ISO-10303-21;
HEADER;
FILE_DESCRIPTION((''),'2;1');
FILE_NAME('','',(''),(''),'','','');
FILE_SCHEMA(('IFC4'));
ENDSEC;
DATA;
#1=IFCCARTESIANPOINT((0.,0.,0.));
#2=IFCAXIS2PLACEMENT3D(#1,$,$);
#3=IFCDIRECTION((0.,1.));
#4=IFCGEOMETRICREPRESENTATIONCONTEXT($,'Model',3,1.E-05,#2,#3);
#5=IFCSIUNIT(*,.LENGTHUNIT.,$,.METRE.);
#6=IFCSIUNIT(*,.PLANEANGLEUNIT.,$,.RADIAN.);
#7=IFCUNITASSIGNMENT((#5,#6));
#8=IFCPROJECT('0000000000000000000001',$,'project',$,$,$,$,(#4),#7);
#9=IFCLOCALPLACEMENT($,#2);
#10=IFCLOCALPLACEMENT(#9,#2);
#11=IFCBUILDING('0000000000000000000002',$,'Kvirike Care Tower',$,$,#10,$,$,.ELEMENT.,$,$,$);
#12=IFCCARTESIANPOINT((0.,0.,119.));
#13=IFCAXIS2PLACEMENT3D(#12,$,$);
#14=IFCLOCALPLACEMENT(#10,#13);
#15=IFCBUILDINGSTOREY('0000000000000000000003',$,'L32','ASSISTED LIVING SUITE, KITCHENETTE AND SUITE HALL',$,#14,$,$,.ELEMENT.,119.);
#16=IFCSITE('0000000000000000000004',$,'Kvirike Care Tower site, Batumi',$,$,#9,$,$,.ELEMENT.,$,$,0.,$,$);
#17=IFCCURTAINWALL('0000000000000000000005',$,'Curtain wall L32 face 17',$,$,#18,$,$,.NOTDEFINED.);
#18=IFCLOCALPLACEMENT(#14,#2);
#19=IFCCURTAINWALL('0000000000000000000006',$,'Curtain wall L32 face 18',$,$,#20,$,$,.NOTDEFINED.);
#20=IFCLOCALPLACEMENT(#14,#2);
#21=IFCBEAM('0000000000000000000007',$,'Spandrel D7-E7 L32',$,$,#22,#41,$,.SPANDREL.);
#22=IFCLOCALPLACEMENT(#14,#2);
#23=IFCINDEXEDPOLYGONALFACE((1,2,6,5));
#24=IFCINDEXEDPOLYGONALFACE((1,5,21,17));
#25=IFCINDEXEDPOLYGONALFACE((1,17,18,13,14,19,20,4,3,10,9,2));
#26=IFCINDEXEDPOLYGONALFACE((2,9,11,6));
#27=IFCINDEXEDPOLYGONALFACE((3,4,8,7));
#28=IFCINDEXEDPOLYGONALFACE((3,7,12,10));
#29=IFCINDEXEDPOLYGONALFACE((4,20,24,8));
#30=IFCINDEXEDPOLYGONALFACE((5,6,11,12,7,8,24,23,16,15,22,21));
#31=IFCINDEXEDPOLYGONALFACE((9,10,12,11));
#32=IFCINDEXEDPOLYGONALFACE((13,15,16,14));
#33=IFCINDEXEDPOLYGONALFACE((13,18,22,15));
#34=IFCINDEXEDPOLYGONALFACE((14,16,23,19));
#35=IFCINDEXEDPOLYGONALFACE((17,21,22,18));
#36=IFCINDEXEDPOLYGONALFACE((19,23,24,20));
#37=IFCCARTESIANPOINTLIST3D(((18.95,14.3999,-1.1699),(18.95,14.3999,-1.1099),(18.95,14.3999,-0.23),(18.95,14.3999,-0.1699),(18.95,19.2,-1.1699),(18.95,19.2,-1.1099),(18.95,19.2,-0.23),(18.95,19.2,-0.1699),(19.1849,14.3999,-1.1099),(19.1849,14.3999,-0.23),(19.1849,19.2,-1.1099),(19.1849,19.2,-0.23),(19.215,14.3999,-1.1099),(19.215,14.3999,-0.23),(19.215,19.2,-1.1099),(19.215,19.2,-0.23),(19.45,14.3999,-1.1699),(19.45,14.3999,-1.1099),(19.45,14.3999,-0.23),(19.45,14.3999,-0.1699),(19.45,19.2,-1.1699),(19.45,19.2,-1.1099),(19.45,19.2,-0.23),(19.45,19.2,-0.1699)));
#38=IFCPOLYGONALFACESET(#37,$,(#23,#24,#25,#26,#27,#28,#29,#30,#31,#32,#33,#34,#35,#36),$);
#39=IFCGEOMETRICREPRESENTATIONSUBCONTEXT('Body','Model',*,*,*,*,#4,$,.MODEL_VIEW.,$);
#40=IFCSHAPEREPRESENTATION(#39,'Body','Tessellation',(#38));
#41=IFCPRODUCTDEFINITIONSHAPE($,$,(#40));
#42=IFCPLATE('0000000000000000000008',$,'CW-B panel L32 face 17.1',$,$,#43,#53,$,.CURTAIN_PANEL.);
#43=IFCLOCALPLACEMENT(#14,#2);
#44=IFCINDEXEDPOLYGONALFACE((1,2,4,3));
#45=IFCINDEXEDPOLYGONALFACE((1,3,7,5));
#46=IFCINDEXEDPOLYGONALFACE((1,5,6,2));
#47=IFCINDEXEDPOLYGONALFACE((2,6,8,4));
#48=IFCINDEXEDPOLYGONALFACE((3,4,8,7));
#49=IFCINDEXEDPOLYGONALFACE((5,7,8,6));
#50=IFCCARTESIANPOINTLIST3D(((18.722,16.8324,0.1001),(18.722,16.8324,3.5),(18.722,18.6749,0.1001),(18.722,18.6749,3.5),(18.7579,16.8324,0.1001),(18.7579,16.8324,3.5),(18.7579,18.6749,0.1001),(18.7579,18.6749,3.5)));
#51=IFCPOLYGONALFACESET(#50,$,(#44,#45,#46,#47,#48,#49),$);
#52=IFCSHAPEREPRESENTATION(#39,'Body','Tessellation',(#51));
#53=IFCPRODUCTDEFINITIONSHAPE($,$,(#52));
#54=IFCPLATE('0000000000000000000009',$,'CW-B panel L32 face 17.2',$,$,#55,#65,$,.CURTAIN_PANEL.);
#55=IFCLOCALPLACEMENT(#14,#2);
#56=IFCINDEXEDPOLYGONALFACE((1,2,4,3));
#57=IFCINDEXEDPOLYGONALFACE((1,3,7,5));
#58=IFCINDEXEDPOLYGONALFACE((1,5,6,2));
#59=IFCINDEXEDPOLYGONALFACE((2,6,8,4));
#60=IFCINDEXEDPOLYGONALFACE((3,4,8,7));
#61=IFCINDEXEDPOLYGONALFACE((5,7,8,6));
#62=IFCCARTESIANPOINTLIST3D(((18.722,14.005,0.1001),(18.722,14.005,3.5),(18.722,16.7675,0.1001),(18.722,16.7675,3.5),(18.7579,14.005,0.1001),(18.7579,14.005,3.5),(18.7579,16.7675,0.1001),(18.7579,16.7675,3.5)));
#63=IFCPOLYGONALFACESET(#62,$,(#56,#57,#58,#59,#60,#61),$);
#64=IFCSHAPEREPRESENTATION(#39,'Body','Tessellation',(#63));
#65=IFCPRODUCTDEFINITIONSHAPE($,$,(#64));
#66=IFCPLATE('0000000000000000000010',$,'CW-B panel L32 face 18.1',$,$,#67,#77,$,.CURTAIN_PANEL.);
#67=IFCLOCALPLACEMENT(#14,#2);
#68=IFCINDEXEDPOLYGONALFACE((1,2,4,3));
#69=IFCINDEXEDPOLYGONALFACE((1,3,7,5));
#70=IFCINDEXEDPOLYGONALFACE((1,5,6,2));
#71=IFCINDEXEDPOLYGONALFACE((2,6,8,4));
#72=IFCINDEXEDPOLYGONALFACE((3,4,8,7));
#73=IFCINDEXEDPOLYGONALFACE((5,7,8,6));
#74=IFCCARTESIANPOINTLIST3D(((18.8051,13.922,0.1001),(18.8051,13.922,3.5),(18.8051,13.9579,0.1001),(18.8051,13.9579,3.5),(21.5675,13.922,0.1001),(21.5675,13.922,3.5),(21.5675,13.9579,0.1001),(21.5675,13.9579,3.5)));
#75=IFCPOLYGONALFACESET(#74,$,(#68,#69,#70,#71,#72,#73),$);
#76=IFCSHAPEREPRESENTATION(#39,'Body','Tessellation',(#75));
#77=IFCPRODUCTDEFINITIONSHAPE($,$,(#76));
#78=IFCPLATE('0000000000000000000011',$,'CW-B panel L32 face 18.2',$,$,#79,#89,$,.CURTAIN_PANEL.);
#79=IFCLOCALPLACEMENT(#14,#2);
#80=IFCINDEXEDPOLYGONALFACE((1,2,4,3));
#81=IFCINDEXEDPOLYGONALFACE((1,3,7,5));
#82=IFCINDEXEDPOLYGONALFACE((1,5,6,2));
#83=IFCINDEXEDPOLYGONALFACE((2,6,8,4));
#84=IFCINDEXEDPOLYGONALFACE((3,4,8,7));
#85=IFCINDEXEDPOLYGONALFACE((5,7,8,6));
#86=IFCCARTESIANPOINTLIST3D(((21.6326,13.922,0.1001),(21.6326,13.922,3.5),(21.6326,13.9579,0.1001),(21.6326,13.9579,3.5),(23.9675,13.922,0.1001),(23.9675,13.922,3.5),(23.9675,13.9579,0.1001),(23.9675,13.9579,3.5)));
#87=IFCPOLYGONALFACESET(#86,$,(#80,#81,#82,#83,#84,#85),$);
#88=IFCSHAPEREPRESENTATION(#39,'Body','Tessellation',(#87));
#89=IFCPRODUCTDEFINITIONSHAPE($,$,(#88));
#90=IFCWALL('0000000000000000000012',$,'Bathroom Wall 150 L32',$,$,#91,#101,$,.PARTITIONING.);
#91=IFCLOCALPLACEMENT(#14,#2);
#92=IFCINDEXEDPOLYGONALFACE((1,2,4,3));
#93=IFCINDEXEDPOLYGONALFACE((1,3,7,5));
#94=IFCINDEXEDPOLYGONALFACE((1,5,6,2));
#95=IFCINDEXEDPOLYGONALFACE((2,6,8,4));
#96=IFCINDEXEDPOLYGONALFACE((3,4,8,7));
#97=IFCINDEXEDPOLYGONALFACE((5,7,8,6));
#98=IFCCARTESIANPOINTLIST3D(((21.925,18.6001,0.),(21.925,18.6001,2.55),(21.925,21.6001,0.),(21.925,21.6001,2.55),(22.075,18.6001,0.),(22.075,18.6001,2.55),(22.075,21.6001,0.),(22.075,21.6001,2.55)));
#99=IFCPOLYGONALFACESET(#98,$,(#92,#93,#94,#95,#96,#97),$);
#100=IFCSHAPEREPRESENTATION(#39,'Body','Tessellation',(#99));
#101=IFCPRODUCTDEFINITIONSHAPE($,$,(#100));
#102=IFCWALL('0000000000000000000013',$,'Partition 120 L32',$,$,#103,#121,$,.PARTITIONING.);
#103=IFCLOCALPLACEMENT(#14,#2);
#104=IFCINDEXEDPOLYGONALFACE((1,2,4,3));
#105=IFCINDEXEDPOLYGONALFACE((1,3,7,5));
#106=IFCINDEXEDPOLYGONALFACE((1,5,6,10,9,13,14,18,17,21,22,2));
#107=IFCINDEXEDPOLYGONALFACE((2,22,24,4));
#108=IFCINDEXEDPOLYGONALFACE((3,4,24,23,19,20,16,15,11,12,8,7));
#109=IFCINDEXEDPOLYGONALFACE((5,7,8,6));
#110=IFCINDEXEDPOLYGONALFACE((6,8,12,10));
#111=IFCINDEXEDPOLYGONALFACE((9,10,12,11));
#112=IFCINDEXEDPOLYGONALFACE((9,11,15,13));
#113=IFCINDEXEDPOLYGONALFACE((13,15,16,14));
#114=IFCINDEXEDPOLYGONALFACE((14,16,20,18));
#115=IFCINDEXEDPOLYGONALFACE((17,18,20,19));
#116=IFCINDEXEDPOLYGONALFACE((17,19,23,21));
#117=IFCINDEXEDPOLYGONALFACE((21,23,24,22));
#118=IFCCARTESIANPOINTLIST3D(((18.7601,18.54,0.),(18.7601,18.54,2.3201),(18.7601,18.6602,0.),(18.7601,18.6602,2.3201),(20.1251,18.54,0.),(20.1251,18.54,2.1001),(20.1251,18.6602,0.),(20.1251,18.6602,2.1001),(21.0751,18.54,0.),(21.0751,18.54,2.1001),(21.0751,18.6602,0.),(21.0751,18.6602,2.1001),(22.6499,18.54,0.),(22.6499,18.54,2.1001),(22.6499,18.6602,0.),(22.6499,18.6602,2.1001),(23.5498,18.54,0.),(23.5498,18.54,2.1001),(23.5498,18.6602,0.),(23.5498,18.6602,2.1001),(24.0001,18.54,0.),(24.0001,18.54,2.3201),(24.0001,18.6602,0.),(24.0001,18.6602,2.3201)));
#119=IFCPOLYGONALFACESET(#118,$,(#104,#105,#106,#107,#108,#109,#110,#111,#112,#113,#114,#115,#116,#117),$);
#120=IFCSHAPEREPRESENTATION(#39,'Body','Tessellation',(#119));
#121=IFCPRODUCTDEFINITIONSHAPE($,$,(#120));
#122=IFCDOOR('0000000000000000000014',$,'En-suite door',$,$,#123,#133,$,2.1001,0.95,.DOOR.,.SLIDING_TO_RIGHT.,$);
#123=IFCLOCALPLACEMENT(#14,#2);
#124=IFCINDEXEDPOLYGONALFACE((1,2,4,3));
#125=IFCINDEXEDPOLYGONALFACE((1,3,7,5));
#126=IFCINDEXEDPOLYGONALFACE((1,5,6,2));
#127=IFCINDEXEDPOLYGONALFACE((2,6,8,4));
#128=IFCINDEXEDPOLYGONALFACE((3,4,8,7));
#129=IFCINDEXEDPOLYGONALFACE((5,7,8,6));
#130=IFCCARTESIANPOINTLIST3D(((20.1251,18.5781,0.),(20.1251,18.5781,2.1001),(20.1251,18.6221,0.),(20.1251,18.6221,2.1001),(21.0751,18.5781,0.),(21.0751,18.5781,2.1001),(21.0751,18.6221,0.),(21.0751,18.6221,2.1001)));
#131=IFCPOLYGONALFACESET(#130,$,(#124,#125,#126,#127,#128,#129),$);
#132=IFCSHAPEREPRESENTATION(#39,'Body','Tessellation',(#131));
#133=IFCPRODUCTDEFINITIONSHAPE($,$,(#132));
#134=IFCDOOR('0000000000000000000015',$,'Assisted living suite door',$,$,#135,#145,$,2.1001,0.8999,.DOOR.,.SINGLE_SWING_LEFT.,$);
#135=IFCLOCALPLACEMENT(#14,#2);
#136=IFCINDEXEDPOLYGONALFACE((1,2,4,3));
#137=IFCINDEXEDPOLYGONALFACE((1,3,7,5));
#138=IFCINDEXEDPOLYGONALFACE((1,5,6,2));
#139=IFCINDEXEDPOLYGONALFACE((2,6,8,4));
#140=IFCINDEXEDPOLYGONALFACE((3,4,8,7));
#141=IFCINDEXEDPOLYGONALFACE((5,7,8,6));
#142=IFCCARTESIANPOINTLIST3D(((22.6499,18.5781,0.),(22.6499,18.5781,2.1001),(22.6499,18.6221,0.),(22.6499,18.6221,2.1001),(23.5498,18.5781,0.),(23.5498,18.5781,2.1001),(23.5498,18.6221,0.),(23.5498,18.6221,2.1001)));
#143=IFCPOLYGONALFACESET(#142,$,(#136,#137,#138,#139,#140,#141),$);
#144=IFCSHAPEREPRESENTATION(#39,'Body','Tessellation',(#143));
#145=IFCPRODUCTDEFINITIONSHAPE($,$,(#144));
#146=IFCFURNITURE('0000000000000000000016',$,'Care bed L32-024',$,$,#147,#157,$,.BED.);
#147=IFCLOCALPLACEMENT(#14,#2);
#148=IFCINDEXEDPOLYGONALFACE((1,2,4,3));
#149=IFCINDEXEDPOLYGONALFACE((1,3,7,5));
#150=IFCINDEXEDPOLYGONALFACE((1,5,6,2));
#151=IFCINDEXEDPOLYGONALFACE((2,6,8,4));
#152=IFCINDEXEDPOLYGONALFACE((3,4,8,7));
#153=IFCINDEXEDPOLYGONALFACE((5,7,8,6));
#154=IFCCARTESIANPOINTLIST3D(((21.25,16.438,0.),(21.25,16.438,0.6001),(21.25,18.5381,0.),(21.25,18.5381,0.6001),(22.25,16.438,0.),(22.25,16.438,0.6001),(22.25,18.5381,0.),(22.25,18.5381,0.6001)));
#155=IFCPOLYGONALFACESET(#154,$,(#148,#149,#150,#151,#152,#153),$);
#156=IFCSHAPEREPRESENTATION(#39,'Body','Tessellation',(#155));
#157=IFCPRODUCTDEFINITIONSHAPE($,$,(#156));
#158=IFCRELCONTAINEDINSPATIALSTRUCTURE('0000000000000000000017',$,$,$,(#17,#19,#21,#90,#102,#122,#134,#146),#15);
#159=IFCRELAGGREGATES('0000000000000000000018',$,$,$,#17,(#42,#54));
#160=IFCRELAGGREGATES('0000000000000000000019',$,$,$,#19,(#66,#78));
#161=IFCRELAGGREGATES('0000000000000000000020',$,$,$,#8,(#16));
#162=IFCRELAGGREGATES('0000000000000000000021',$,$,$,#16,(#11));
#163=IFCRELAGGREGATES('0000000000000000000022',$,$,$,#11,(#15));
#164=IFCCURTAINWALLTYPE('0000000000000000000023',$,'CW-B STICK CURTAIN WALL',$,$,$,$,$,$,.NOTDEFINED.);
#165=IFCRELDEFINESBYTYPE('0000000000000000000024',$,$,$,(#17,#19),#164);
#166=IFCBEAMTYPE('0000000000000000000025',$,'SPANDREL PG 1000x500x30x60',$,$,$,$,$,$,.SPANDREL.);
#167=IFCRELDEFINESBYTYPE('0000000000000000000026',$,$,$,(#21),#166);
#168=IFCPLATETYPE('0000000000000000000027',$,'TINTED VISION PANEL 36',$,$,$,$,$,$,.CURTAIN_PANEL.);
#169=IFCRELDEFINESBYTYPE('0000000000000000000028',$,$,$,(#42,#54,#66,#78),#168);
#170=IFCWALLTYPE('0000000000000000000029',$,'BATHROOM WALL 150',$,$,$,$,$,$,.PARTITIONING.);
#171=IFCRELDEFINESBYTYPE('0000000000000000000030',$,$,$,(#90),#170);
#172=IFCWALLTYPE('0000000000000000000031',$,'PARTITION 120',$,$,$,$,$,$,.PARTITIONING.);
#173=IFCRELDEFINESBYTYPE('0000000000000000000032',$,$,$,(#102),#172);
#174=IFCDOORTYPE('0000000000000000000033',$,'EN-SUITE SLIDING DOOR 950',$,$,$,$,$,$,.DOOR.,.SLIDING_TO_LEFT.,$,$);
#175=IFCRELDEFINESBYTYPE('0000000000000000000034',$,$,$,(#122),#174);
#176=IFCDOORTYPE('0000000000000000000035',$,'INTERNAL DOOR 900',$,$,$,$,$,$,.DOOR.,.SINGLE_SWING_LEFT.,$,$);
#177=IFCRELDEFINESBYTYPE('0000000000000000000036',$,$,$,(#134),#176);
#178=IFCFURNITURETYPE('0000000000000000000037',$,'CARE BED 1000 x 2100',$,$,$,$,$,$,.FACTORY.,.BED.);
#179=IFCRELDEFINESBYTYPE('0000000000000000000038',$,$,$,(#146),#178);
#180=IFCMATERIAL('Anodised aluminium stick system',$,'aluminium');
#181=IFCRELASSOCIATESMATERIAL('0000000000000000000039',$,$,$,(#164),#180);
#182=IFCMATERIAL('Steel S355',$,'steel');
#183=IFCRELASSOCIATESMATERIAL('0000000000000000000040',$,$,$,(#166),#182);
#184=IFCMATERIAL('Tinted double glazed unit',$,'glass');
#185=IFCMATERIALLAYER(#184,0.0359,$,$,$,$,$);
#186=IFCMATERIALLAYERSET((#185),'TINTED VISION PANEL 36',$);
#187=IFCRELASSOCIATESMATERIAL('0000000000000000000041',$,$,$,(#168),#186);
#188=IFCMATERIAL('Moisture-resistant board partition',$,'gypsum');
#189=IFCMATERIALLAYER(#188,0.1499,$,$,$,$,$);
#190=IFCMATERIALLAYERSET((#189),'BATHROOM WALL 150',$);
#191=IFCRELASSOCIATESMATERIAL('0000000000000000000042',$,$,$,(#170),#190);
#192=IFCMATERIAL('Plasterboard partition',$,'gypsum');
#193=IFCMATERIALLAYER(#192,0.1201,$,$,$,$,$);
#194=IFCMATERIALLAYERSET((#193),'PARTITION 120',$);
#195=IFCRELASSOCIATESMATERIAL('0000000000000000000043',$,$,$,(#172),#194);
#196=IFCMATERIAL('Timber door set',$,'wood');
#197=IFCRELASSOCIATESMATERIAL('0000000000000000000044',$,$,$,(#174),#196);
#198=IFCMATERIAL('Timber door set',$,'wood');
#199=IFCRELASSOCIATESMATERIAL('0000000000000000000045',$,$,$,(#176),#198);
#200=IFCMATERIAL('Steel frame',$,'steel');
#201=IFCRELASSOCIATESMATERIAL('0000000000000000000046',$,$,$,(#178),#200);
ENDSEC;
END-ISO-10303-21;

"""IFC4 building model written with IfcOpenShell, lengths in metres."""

from ifc_helpers import new_model, si_unit, direction, frame, frame_2d, origin, origin_2d, place, context, subcontext, project, spatial, rectangle, i_section, extrude, material, layer, layer_set, material_profile, profile_set, type_object, element, fill, aggregate, save


model = new_model("IFC4")

# Units and contexts
model_context = context("Model", 3, precision=1e-05, world=origin(), true_north=direction((0.0, 1.0)))
body_context = subcontext(model_context, "Body", "Model", "MODEL_VIEW")
ifc_project = project(units=[si_unit("LENGTHUNIT", "METRE"), si_unit("PLANEANGLEUNIT", "RADIAN")], contexts=[model_context])

# Site, building, storey
site_placement = place(None, origin())
site = spatial("IfcSite", under=ifc_project, at=site_placement, Name="Kvirike Care Tower site, Batumi", CompositionType="ELEMENT", RefElevation=0.0)
building_placement = place(site_placement, origin())
building = spatial("IfcBuilding", under=site, at=building_placement, Name="Kvirike Care Tower", CompositionType="ELEMENT")
storey_placement = place(building_placement, frame((0.0, 0.0, 119.0)))
storey = spatial("IfcBuildingStorey", under=building, at=storey_placement, Name="L32", Description="ASSISTED LIVING SUITE, KITCHENETTE AND SUITE HALL", CompositionType="ELEMENT", Elevation=119.0)

# Shared definitions
ifc_material_1 = material(Name="Anodised aluminium stick system", Category="aluminium")
curtain_wall_type = type_object("IfcCurtainWallType", Name="CW-B STICK CURTAIN WALL", PredefinedType="NOTDEFINED", material=ifc_material_1)

# Curtain walls
curtain_wall_1_placement = place(storey_placement, origin())
curtain_wall_1 = element("IfcCurtainWall", 1, at=curtain_wall_1_placement, inside=storey, type_object=curtain_wall_type, Name="Curtain wall L32 face 17", PredefinedType="NOTDEFINED")
curtain_wall_2_placement = place(storey_placement, origin())
curtain_wall_2 = element("IfcCurtainWall", 2, at=curtain_wall_2_placement, inside=storey, type_object=curtain_wall_type, Name="Curtain wall L32 face 18", PredefinedType="NOTDEFINED")

# Beam
ifc_material_2 = material(Name="Steel S355", Category="steel")
ifc_material_profile_1 = material_profile(ifc_material_2, i_section(OverallWidth=0.5, OverallDepth=1.0, WebThickness=0.03, FlangeThickness=0.0601, at=origin_2d()), Name="PG 1000x500x30x60")
ifc_profile_set_1 = profile_set([ifc_material_profile_1], Name="Steel S355")
beam_type = type_object("IfcBeamType", Name="SPANDREL PG 1000x500x30x60", PredefinedType="SPANDREL", material=ifc_profile_set_1)
for number, where, z_axis, x_axis, name in (
    (3, (19.2, 14.3999, -0.6699), (0.0, 1.0, 0.0), (-1.0, 0.0, 0.0), "Spandrel D7-E7 L32"),
):
    element("IfcBeam", number, at=place(storey_placement, frame(where, z_axis=z_axis, x_axis=x_axis)), inside=storey, type_object=beam_type, Name=name, PredefinedType="SPANDREL", context=body_context, shape_type="SweptSolid", body=[
        extrude(i_section(OverallWidth=0.5, OverallDepth=1.0, WebThickness=0.03, FlangeThickness=0.0601, at=origin_2d()), origin(), (0.0, 0.0, 1.0), 4.8),
    ])

# Plates
ifc_material_3 = material(Name="Tinted double glazed unit", Category="glass")
ifc_layer_1 = layer(ifc_material_3, 0.0359)
ifc_layer_set_1 = layer_set([ifc_layer_1], Name="TINTED VISION PANEL 36")
plate_type = type_object("IfcPlateType", Name="TINTED VISION PANEL 36", PredefinedType="CURTAIN_PANEL", material=ifc_layer_set_1)
plate_1_placement = place(storey_placement, frame((18.74, 17.7537, 0.1001), z_axis=(0.0, 0.0, 1.0), x_axis=(0.0, -1.0, 0.0)))
plate_1 = element("IfcPlate", 4, at=plate_1_placement, type_object=plate_type, Name="CW-B panel L32 face 17.1", PredefinedType="CURTAIN_PANEL", context=body_context, shape_type="SweptSolid", body=[
    extrude(rectangle(XDim=1.8425, YDim=0.0359, at=origin_2d()), origin(), (0.0, 0.0, 1.0), 3.3999),
])
plate_2_placement = place(storey_placement, frame((18.74, 15.3862, 0.1001), z_axis=(0.0, 0.0, 1.0), x_axis=(0.0, -1.0, 0.0)))
plate_2 = element("IfcPlate", 5, at=plate_2_placement, type_object=plate_type, Name="CW-B panel L32 face 17.2", PredefinedType="CURTAIN_PANEL", context=body_context, shape_type="SweptSolid", body=[
    extrude(rectangle(XDim=2.7625, YDim=0.0359, at=origin_2d()), origin(), (0.0, 0.0, 1.0), 3.3999),
])
aggregate(curtain_wall_1, [plate_1, plate_2])
plate_3_placement = place(storey_placement, frame((20.1863, 13.9399, 0.1001), z_axis=(0.0, 0.0, 1.0), x_axis=(1.0, 0.0, 0.0)))
plate_3 = element("IfcPlate", 6, at=plate_3_placement, type_object=plate_type, Name="CW-B panel L32 face 18.1", PredefinedType="CURTAIN_PANEL", context=body_context, shape_type="SweptSolid", body=[
    extrude(rectangle(XDim=2.7625, YDim=0.0359, at=origin_2d()), origin(), (0.0, 0.0, 1.0), 3.3999),
])
plate_4_placement = place(storey_placement, frame((22.8, 13.9399, 0.1001), z_axis=(0.0, 0.0, 1.0), x_axis=(1.0, 0.0, 0.0)))
plate_4 = element("IfcPlate", 7, at=plate_4_placement, type_object=plate_type, Name="CW-B panel L32 face 18.2", PredefinedType="CURTAIN_PANEL", context=body_context, shape_type="SweptSolid", body=[
    extrude(rectangle(XDim=2.335, YDim=0.0359, at=origin_2d()), origin(), (0.0, 0.0, 1.0), 3.3999),
])
aggregate(curtain_wall_2, [plate_3, plate_4])

# Wall
ifc_material_4 = material(Name="Moisture-resistant board partition", Category="gypsum")
ifc_layer_2 = layer(ifc_material_4, 0.1499)
ifc_layer_set_2 = layer_set([ifc_layer_2], Name="BATHROOM WALL 150")
wall_type_1 = type_object("IfcWallType", Name="BATHROOM WALL 150", PredefinedType="PARTITIONING", material=ifc_layer_set_2)
wall_1_placement = place(storey_placement, frame((22.0, 18.6001, 0.0), z_axis=(0.0, 0.0, 1.0), x_axis=(0.0, 1.0, 0.0)))
element("IfcWall", 8, at=wall_1_placement, inside=storey, type_object=wall_type_1, Name="Bathroom Wall 150 L32", PredefinedType="PARTITIONING", context=body_context, shape_type="SweptSolid", body=[
    extrude(rectangle(XDim=3.0, YDim=0.1499, at=frame_2d((1.5, 0.0))), origin(), (0.0, 0.0, 1.0), 2.55),
])

# Wall, openings, doors
ifc_material_5 = material(Name="Plasterboard partition", Category="gypsum")
ifc_layer_3 = layer(ifc_material_5, 0.1201)
ifc_layer_set_3 = layer_set([ifc_layer_3], Name="PARTITION 120")
wall_type_2 = type_object("IfcWallType", Name="PARTITION 120", PredefinedType="PARTITIONING", material=ifc_layer_set_3)
wall_2_placement = place(storey_placement, frame((18.76, 18.6001, 0.0), z_axis=(0.0, 0.0, 1.0), x_axis=(1.0, 0.0, 0.0)))
wall_2 = element("IfcWall", 9, at=wall_2_placement, inside=storey, type_object=wall_type_2, Name="Partition 120 L32", PredefinedType="PARTITIONING", context=body_context, shape_type="SweptSolid", body=[
    extrude(rectangle(XDim=5.24, YDim=0.1201, at=frame_2d((2.6201, 0.0))), origin(), (0.0, 0.0, 1.0), 2.3201),
])
opening_1_placement = place(wall_2_placement, frame((3.8899, 0.0, 0.0)))
opening_1 = element("IfcOpeningElement", 10, at=opening_1_placement, cuts=wall_2, PredefinedType="OPENING", context=body_context, shape_type="SweptSolid", body=[
    extrude(rectangle(XDim=0.8999, YDim=2.1001, at=frame_2d((0.45, 1.05))), frame((0.0, 0.0706, 0.0), z_axis=(0.0, -1.0, 0.0), x_axis=(1.0, 0.0, 0.0)), (0.0, 0.0, 1.0), 0.1411),
])
opening_2_placement = place(wall_2_placement, frame((1.365, 0.0, 0.0)))
opening_2 = element("IfcOpeningElement", 11, at=opening_2_placement, cuts=wall_2, PredefinedType="OPENING", context=body_context, shape_type="SweptSolid", body=[
    extrude(rectangle(XDim=0.95, YDim=2.1001, at=frame_2d((0.4751, 1.05))), frame((0.0, 0.0706, 0.0), z_axis=(0.0, -1.0, 0.0), x_axis=(1.0, 0.0, 0.0)), (0.0, 0.0, 1.0), 0.1411),
])
ifc_material_6 = material(Name="Timber door set", Category="wood")
door_type_1 = type_object("IfcDoorType", Name="EN-SUITE SLIDING DOOR 950", OperationType="SLIDING_TO_LEFT", PredefinedType="DOOR", material=ifc_material_6)
door_1_placement = place(opening_2_placement, origin())
door_1 = element("IfcDoor", 12, at=door_1_placement, inside=storey, type_object=door_type_1, Name="En-suite door", OperationType="SLIDING_TO_RIGHT", OverallHeight=2.1001, OverallWidth=0.95, PredefinedType="DOOR", context=body_context, shape_type="SweptSolid", body=[
    extrude(rectangle(XDim=0.95, YDim=2.1001, at=frame_2d((0.4751, 1.05))), frame((0.0, 0.022, 0.0), z_axis=(0.0, -1.0, 0.0), x_axis=(1.0, 0.0, 0.0)), (0.0, 0.0, 1.0), 0.0439),
])
fill(opening_2, door_1)
ifc_material_7 = material(Name="Timber door set", Category="wood")
door_type_2 = type_object("IfcDoorType", Name="INTERNAL DOOR 900", OperationType="SINGLE_SWING_LEFT", PredefinedType="DOOR", material=ifc_material_7)
door_2_placement = place(opening_1_placement, frame((0.8999, 0.0, 0.0), z_axis=(0.0, 0.0, 1.0), x_axis=(-1.0, 0.0, 0.0)))
door_2 = element("IfcDoor", 13, at=door_2_placement, inside=storey, type_object=door_type_2, Name="Assisted living suite door", OperationType="SINGLE_SWING_LEFT", OverallHeight=2.1001, OverallWidth=0.8999, PredefinedType="DOOR", context=body_context, shape_type="SweptSolid", body=[
    extrude(rectangle(XDim=0.8999, YDim=2.1001, at=frame_2d((0.45, 1.05))), frame((0.0, 0.022, 0.0), z_axis=(0.0, -1.0, 0.0), x_axis=(1.0, 0.0, 0.0)), (0.0, 0.0, 1.0), 0.0439),
])
fill(opening_1, door_2)

# Furniture
ifc_material_8 = material(Name="Steel frame", Category="steel")
furniture_type = type_object("IfcFurnitureType", Name="CARE BED 1000 x 2100", AssemblyPlace="FACTORY", PredefinedType="BED", material=ifc_material_8)
furniture_placement = place(storey_placement, frame((21.75, 17.488, 0.0), z_axis=(0.0, 0.0, 1.0), x_axis=(1.0, 0.0, 0.0)))
element("IfcFurniture", 14, at=furniture_placement, inside=storey, type_object=furniture_type, Name="Care bed L32-024", PredefinedType="BED", context=body_context, shape_type="SweptSolid", body=[
    extrude(rectangle(XDim=1.0, YDim=2.1001, at=origin_2d()), origin(), (0.0, 0.0, 1.0), 0.6001),
])

save(model, "model.ifc")
